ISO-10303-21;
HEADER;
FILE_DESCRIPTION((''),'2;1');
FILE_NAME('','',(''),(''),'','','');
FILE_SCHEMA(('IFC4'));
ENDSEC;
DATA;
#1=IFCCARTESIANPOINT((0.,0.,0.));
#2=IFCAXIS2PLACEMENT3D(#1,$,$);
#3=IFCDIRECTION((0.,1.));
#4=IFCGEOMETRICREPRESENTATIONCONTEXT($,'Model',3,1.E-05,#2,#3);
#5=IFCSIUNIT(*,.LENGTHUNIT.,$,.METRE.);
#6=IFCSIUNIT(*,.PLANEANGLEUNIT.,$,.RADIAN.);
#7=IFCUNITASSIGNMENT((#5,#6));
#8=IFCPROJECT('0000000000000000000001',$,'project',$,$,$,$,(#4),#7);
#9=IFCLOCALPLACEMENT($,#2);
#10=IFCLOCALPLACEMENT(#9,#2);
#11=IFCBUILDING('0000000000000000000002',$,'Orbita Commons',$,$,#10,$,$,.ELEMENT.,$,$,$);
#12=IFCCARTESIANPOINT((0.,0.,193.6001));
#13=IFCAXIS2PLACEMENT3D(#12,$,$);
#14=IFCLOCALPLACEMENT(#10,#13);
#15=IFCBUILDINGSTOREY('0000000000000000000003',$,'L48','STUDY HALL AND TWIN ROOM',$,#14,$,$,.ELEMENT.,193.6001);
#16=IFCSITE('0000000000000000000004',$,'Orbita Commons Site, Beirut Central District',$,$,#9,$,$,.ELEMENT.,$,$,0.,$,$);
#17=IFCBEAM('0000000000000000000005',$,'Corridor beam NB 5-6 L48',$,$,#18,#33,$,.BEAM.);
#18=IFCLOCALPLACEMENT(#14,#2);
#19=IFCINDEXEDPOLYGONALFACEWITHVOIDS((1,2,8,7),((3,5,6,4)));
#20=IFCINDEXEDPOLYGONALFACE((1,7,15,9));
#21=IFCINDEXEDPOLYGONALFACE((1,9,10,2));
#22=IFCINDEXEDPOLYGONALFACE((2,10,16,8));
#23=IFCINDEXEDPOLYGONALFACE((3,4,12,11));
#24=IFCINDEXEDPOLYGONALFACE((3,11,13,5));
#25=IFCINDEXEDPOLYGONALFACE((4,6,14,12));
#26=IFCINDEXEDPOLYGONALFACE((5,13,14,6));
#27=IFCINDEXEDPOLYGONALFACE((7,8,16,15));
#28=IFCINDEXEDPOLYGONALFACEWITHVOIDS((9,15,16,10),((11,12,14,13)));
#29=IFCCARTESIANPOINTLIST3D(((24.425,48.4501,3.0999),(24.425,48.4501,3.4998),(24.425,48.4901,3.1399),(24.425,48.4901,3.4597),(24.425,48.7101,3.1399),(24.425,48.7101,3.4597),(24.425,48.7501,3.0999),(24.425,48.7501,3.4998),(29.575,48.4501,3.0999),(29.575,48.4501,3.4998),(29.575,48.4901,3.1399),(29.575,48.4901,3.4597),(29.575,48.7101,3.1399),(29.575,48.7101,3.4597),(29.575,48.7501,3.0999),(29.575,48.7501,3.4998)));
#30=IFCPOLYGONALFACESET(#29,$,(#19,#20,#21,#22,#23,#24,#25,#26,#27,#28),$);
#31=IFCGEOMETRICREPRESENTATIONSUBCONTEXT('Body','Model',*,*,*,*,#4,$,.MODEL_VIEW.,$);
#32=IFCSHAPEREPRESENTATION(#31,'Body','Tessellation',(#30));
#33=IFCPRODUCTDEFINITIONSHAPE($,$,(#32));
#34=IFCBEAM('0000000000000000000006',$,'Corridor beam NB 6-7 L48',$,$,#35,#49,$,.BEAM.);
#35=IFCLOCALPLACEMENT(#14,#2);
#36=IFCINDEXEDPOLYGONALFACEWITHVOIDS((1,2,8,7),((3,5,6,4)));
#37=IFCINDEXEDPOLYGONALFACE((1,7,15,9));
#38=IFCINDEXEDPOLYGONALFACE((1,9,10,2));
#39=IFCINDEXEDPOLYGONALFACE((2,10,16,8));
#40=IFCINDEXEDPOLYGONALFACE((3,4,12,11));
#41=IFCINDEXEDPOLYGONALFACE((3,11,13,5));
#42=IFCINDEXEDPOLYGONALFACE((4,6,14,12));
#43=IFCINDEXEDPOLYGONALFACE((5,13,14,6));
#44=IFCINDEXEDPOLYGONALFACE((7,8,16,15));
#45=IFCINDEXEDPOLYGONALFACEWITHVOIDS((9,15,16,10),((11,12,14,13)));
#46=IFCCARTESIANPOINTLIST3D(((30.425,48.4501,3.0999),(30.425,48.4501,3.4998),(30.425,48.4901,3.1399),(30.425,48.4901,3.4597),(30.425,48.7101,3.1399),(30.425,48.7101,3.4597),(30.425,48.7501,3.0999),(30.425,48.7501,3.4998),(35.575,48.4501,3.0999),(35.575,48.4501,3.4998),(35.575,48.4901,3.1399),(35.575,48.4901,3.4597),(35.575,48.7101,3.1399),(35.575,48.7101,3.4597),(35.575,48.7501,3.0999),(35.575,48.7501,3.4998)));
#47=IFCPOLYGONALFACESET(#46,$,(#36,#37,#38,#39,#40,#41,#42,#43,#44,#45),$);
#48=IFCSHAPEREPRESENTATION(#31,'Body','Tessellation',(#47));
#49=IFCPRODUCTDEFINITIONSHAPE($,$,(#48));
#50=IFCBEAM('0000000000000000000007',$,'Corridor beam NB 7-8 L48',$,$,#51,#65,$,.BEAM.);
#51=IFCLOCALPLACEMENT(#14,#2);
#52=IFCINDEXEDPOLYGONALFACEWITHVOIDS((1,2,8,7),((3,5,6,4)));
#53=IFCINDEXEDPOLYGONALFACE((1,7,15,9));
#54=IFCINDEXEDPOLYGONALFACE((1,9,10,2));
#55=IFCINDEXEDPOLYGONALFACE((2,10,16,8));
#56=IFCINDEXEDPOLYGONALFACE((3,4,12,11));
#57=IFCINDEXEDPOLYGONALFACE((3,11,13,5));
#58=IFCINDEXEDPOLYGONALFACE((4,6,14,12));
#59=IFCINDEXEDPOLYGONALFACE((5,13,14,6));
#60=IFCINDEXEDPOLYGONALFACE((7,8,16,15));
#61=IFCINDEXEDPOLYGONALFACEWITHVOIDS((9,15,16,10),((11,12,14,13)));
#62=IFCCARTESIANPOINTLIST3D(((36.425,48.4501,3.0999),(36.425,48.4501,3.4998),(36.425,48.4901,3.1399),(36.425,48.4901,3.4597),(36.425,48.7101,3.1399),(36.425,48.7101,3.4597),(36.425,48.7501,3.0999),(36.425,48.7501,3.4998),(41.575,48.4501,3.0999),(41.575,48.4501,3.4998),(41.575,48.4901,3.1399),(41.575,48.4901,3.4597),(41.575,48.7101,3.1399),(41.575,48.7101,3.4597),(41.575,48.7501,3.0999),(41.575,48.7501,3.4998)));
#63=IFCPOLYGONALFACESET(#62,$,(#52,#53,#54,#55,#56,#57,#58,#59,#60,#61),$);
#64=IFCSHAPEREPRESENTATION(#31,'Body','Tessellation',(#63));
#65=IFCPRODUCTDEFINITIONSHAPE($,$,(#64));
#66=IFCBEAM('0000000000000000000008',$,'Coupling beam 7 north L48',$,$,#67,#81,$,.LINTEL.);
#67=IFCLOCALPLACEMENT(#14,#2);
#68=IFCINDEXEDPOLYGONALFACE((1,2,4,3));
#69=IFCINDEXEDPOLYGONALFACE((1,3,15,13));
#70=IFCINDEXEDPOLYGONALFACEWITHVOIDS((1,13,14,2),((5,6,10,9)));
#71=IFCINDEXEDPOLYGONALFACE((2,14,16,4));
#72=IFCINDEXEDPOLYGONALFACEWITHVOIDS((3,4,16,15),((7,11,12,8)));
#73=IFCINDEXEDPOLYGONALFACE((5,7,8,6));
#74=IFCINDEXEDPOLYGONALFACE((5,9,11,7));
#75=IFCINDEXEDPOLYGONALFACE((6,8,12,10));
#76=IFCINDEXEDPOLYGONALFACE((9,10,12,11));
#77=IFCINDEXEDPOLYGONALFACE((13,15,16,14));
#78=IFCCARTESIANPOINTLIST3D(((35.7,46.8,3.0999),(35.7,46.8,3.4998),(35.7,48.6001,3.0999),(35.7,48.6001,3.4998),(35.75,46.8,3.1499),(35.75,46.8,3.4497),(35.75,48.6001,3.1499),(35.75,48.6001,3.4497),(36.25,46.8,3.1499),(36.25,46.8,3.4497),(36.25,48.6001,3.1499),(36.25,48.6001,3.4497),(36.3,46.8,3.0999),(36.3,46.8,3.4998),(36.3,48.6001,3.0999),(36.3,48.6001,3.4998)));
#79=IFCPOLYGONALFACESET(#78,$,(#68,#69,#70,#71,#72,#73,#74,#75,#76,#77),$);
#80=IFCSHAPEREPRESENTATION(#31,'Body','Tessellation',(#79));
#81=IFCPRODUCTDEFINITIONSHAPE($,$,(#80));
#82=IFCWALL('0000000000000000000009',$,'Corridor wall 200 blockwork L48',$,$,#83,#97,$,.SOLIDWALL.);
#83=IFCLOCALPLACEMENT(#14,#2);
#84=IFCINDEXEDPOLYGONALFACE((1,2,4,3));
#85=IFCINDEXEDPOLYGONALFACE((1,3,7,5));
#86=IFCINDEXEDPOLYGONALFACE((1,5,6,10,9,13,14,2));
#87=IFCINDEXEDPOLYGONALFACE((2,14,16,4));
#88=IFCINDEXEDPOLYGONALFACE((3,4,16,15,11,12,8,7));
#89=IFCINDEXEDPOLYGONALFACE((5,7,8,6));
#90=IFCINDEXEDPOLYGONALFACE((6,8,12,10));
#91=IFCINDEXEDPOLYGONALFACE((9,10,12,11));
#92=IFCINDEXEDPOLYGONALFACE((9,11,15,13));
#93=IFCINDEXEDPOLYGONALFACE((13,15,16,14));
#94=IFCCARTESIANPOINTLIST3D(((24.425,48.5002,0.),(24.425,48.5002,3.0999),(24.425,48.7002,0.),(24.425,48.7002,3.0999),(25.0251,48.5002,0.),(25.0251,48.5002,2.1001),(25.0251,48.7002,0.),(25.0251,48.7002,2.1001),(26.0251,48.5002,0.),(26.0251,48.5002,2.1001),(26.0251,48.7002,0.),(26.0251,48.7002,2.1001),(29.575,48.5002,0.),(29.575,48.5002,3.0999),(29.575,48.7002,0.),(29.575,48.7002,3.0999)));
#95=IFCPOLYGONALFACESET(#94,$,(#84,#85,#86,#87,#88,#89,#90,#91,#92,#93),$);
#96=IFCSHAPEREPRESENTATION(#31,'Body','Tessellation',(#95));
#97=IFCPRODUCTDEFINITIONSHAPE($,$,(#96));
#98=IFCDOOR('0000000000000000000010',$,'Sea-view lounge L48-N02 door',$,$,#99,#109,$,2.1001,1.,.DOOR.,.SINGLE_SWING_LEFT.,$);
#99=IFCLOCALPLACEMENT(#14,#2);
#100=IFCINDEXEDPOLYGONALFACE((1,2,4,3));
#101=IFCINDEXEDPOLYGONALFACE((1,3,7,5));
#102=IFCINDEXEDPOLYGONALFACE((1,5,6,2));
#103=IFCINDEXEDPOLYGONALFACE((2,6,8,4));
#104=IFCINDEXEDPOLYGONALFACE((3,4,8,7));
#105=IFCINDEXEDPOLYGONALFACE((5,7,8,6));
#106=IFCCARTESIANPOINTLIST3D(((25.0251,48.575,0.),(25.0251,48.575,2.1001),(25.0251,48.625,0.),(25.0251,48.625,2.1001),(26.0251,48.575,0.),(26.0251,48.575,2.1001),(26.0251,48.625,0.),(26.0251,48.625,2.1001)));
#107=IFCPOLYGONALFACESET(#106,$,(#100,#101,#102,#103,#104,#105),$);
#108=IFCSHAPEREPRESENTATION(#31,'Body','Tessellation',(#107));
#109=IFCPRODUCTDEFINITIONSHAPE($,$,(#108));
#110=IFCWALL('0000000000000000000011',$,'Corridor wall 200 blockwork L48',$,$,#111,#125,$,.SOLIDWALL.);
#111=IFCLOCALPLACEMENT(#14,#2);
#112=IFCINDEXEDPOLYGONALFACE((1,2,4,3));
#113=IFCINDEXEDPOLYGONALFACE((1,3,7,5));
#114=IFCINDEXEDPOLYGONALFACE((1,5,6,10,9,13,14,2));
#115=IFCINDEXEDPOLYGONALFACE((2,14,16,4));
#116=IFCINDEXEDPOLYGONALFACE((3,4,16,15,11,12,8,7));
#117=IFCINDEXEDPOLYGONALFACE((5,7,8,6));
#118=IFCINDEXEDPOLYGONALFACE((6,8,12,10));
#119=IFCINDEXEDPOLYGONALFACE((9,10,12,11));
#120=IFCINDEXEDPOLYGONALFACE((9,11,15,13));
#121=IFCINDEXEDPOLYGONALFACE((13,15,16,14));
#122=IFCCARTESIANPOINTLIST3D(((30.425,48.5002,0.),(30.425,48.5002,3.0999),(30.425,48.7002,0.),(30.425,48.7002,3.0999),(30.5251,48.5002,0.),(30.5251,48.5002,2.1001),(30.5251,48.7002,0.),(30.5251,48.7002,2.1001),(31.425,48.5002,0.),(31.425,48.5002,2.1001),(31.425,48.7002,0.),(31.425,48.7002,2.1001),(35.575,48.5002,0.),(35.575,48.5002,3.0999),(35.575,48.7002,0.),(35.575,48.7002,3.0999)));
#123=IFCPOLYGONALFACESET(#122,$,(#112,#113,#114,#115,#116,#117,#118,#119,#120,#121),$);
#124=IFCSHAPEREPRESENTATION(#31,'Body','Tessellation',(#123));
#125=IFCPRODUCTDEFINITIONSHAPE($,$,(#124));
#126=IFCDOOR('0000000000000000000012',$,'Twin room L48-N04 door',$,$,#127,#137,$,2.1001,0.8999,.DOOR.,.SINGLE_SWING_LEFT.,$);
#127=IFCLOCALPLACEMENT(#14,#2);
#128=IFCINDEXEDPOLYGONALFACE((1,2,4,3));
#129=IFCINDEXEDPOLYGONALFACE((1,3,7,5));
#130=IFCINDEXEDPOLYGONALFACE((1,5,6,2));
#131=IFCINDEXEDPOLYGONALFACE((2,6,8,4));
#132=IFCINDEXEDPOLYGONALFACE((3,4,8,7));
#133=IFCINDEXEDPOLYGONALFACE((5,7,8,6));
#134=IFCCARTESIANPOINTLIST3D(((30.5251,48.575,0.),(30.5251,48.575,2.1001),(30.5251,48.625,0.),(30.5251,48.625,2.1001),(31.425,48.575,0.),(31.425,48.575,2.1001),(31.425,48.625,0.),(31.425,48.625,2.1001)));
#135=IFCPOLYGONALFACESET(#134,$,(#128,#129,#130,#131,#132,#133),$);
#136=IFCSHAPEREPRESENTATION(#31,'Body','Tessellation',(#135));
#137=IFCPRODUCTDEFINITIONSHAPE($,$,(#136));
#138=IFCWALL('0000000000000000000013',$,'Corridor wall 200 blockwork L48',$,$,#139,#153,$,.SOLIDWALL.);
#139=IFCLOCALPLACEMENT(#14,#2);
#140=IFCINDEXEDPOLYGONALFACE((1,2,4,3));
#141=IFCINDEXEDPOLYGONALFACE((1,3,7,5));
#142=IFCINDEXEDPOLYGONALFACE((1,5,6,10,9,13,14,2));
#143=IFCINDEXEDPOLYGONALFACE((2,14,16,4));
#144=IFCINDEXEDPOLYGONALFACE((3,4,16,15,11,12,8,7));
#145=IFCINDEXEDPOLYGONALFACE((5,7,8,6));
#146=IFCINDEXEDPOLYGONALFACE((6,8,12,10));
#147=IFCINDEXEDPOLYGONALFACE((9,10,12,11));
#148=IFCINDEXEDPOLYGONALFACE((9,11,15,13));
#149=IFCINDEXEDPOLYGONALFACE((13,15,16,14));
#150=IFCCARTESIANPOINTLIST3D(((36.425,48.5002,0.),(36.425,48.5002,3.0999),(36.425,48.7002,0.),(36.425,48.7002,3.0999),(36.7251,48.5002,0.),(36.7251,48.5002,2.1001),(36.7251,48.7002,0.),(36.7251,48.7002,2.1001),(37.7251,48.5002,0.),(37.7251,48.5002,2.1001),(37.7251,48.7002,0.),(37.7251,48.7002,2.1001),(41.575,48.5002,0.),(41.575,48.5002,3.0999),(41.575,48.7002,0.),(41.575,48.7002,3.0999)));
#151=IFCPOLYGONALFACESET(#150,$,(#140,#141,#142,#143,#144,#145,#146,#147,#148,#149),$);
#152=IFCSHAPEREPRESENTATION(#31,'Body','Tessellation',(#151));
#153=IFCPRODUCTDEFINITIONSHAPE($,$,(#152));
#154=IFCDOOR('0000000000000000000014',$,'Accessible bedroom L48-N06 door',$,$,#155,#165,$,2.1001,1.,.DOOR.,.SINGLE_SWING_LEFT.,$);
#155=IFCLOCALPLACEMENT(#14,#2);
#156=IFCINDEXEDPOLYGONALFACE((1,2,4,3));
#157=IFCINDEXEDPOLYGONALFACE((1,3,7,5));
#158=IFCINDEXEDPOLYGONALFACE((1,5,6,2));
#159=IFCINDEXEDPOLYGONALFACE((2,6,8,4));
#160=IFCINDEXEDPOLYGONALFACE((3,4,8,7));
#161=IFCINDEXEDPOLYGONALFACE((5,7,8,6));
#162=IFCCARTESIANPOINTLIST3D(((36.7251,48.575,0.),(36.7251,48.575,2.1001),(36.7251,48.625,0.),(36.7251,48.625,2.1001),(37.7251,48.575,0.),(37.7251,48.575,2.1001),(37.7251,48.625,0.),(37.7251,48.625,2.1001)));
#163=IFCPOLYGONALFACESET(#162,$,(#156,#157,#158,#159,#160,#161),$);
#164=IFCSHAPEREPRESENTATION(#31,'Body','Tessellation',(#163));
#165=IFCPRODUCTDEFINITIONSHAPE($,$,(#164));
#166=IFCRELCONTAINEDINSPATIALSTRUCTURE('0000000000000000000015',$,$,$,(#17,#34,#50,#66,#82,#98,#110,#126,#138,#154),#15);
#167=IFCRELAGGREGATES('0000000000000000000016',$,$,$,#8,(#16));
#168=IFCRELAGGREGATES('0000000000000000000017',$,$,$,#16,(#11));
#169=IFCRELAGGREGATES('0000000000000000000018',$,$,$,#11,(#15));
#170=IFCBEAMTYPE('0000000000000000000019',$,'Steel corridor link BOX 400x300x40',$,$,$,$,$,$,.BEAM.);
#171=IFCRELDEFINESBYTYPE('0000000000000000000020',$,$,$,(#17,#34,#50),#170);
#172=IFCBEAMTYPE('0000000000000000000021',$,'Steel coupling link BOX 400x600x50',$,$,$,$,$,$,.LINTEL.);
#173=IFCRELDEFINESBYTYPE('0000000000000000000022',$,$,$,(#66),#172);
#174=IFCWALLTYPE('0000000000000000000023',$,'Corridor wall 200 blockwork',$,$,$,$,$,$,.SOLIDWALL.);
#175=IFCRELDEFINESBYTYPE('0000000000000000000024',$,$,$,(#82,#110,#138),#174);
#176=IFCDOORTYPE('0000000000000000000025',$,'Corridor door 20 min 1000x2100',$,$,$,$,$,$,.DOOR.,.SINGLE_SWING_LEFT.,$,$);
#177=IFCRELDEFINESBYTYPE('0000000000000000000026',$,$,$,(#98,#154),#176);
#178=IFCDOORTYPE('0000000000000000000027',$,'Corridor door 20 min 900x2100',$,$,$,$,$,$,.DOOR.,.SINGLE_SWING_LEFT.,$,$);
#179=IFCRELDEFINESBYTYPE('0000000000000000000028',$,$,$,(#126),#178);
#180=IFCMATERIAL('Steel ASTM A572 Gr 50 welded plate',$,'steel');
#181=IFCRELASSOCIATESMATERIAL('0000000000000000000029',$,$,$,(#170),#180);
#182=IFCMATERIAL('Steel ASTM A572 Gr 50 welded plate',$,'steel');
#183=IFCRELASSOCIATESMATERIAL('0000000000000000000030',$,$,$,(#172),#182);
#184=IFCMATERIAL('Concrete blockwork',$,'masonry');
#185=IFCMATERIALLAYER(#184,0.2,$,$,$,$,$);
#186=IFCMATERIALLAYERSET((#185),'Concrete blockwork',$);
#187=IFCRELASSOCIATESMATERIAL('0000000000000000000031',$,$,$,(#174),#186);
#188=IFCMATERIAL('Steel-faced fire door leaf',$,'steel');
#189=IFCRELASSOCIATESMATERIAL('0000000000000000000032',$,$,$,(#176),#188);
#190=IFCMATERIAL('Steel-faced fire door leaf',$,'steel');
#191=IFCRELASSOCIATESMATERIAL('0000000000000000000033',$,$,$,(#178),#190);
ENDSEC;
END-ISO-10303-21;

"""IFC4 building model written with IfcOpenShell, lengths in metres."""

from ifc_helpers import new_model, si_unit, direction, frame, frame_2d, origin, origin_2d, place, context, subcontext, project, spatial, polyline, rectangle, hollow_rectangle, outline, extrude, material, layer, layer_set, material_profile, profile_set, type_object, element, fill, save


model = new_model("IFC4")

# Units and contexts
model_context = context("Model", 3, precision=1e-05, world=origin(), true_north=direction((0.0, 1.0)))
body_context = subcontext(model_context, "Body", "Model", "MODEL_VIEW")
ifc_project = project(units=[si_unit("LENGTHUNIT", "METRE"), si_unit("PLANEANGLEUNIT", "RADIAN")], contexts=[model_context])

# Site, building, storey
site_placement = place(None, origin())
site = spatial("IfcSite", under=ifc_project, at=site_placement, Name="Orbita Commons Site, Beirut Central District", CompositionType="ELEMENT", RefElevation=0.0)
building_placement = place(site_placement, origin())
building = spatial("IfcBuilding", under=site, at=building_placement, Name="Orbita Commons", CompositionType="ELEMENT")
storey_placement = place(building_placement, frame((0.0, 0.0, 193.6001)))
storey = spatial("IfcBuildingStorey", under=building, at=storey_placement, Name="L48", Description="STUDY HALL AND TWIN ROOM", CompositionType="ELEMENT", Elevation=193.6001)

# Beams
ifc_material_1 = material(Name="Steel ASTM A572 Gr 50 welded plate", Category="steel")
ifc_material_profile_1 = material_profile(ifc_material_1, hollow_rectangle(XDim=0.3, YDim=0.3999, WallThickness=0.04, at=origin_2d()), Name="BOX 400x300x40")
ifc_profile_set_1 = profile_set([ifc_material_profile_1], Name="Steel ASTM A572 Gr 50 welded plate")
beam_type_1 = type_object("IfcBeamType", Name="Steel corridor link BOX 400x300x40", PredefinedType="BEAM", material=ifc_profile_set_1)
for number, where, z_axis, x_axis, name in (
    (1, (24.425, 48.6001, 3.2998), (1.0, 0.0, 0.0), (0.0, 1.0, 0.0), "Corridor beam NB 5-6 L48"),
    (2, (30.425, 48.6001, 3.2998), (1.0, 0.0, 0.0), (0.0, 1.0, 0.0), "Corridor beam NB 6-7 L48"),
    (3, (36.425, 48.6001, 3.2998), (1.0, 0.0, 0.0), (0.0, 1.0, 0.0), "Corridor beam NB 7-8 L48"),
):
    element("IfcBeam", number, at=place(storey_placement, frame(where, z_axis=z_axis, x_axis=x_axis)), inside=storey, type_object=beam_type_1, Name=name, PredefinedType="BEAM", context=body_context, shape_type="SweptSolid", body=[
        extrude(hollow_rectangle(XDim=0.3, YDim=0.3999, WallThickness=0.04, at=origin_2d()), origin(), (0.0, 0.0, 1.0), 5.1499),
    ])
ifc_material_2 = material(Name="Steel ASTM A572 Gr 50 welded plate", Category="steel")
ifc_material_profile_2 = material_profile(ifc_material_2, hollow_rectangle(XDim=0.6001, YDim=0.3999, WallThickness=0.05, at=origin_2d()), Name="BOX 400x600x50")
ifc_profile_set_2 = profile_set([ifc_material_profile_2], Name="Steel ASTM A572 Gr 50 welded plate")
beam_type_2 = type_object("IfcBeamType", Name="Steel coupling link BOX 400x600x50", PredefinedType="LINTEL", material=ifc_profile_set_2)
beam_placement = place(storey_placement, frame((36.0, 46.8, 3.2998), z_axis=(0.0, 1.0, 0.0), x_axis=(-1.0, 0.0, 0.0)))
element("IfcBeam", 4, at=beam_placement, inside=storey, type_object=beam_type_2, Name="Coupling beam 7 north L48", PredefinedType="LINTEL", context=body_context, shape_type="SweptSolid", body=[
    extrude(hollow_rectangle(XDim=0.6001, YDim=0.3999, WallThickness=0.05, at=origin_2d()), origin(), (0.0, 0.0, 1.0), 1.8),
])

# Walls, openings, doors
ifc_material_3 = material(Name="Concrete blockwork", Category="masonry")
ifc_layer_1 = layer(ifc_material_3, 0.2)
ifc_layer_set_1 = layer_set([ifc_layer_1], Name="Concrete blockwork")
wall_type_1 = type_object("IfcWallType", Name="Corridor wall 200 blockwork", PredefinedType="SOLIDWALL", material=ifc_layer_set_1)
wall_1_placement = place(storey_placement, frame((24.425, 48.6001, 0.0), z_axis=(0.0, 0.0, 1.0), x_axis=(1.0, 0.0, 0.0)))
wall_1 = element("IfcWall", 5, at=wall_1_placement, inside=storey, type_object=wall_type_1, Name="Corridor wall 200 blockwork L48", PredefinedType="SOLIDWALL", context=body_context, shape_type="SweptSolid", body=[
    extrude(outline(polyline([(0.0, 0.0), (5.1499, 0.0), (5.1499, 3.0999), (0.0, 3.0999), (0.0, 0.0)])), frame((0.0, 0.1001, 0.0), z_axis=(0.0, -1.0, 0.0), x_axis=(1.0, 0.0, 0.0)), (0.0, 0.0, 1.0), 0.2),
])
opening_1_placement = place(wall_1_placement, frame((0.6001, 0.0, 0.0)))
opening_1 = element("IfcOpeningElement", 6, at=opening_1_placement, cuts=wall_1, PredefinedType="OPENING", context=body_context, shape_type="SweptSolid", body=[
    extrude(rectangle(XDim=1.0, YDim=2.1001, at=frame_2d((0.5, 1.05))), frame((0.0, 0.1099, 0.0), z_axis=(0.0, -1.0, 0.0), x_axis=(1.0, 0.0, 0.0)), (0.0, 0.0, 1.0), 0.22),
])
ifc_material_4 = material(Name="Steel-faced fire door leaf", Category="steel")
door_type_1 = type_object("IfcDoorType", Name="Corridor door 20 min 1000x2100", OperationType="SINGLE_SWING_LEFT", PredefinedType="DOOR", material=ifc_material_4)
door_1_placement = place(opening_1_placement, origin())
door_1 = element("IfcDoor", 7, at=door_1_placement, inside=storey, type_object=door_type_1, Name="Sea-view lounge L48-N02 door", OperationType="SINGLE_SWING_LEFT", OverallHeight=2.1001, OverallWidth=1.0, PredefinedType="DOOR", context=body_context, shape_type="SweptSolid", body=[
    extrude(rectangle(XDim=1.0, YDim=2.1001, at=frame_2d((0.5, 1.05))), frame((0.0, 0.0249, 0.0), z_axis=(0.0, -1.0, 0.0), x_axis=(1.0, 0.0, 0.0)), (0.0, 0.0, 1.0), 0.05),
])
fill(opening_1, door_1)
wall_2_placement = place(storey_placement, frame((30.425, 48.6001, 0.0), z_axis=(0.0, 0.0, 1.0), x_axis=(1.0, 0.0, 0.0)))
wall_2 = element("IfcWall", 8, at=wall_2_placement, inside=storey, type_object=wall_type_1, Name="Corridor wall 200 blockwork L48", PredefinedType="SOLIDWALL", context=body_context, shape_type="SweptSolid", body=[
    extrude(outline(polyline([(0.0, 0.0), (5.1499, 0.0), (5.1499, 3.0999), (0.0, 3.0999), (0.0, 0.0)])), frame((0.0, 0.1001, 0.0), z_axis=(0.0, -1.0, 0.0), x_axis=(1.0, 0.0, 0.0)), (0.0, 0.0, 1.0), 0.2),
])
opening_2_placement = place(wall_2_placement, frame((0.1001, 0.0, 0.0)))
opening_2 = element("IfcOpeningElement", 9, at=opening_2_placement, cuts=wall_2, PredefinedType="OPENING", context=body_context, shape_type="SweptSolid", body=[
    extrude(rectangle(XDim=0.8999, YDim=2.1001, at=frame_2d((0.45, 1.05))), frame((0.0, 0.1099, 0.0), z_axis=(0.0, -1.0, 0.0), x_axis=(1.0, 0.0, 0.0)), (0.0, 0.0, 1.0), 0.22),
])
ifc_material_5 = material(Name="Steel-faced fire door leaf", Category="steel")
door_type_2 = type_object("IfcDoorType", Name="Corridor door 20 min 900x2100", OperationType="SINGLE_SWING_LEFT", PredefinedType="DOOR", material=ifc_material_5)
door_2_placement = place(opening_2_placement, origin())
door_2 = element("IfcDoor", 10, at=door_2_placement, inside=storey, type_object=door_type_2, Name="Twin room L48-N04 door", OperationType="SINGLE_SWING_LEFT", OverallHeight=2.1001, OverallWidth=0.8999, PredefinedType="DOOR", context=body_context, shape_type="SweptSolid", body=[
    extrude(rectangle(XDim=0.8999, YDim=2.1001, at=frame_2d((0.45, 1.05))), frame((0.0, 0.0249, 0.0), z_axis=(0.0, -1.0, 0.0), x_axis=(1.0, 0.0, 0.0)), (0.0, 0.0, 1.0), 0.05),
])
fill(opening_2, door_2)
wall_3_placement = place(storey_placement, frame((36.425, 48.6001, 0.0), z_axis=(0.0, 0.0, 1.0), x_axis=(1.0, 0.0, 0.0)))
wall_3 = element("IfcWall", 11, at=wall_3_placement, inside=storey, type_object=wall_type_1, Name="Corridor wall 200 blockwork L48", PredefinedType="SOLIDWALL", context=body_context, shape_type="SweptSolid", body=[
    extrude(outline(polyline([(0.0, 0.0), (5.1499, 0.0), (5.1499, 3.0999), (0.0, 3.0999), (0.0, 0.0)])), frame((0.0, 0.1001, 0.0), z_axis=(0.0, -1.0, 0.0), x_axis=(1.0, 0.0, 0.0)), (0.0, 0.0, 1.0), 0.2),
])
opening_3_placement = place(wall_3_placement, frame((0.3, 0.0, 0.0)))
opening_3 = element("IfcOpeningElement", 12, at=opening_3_placement, cuts=wall_3, PredefinedType="OPENING", context=body_context, shape_type="SweptSolid", body=[
    extrude(rectangle(XDim=1.0, YDim=2.1001, at=frame_2d((0.5, 1.05))), frame((0.0, 0.1099, 0.0), z_axis=(0.0, -1.0, 0.0), x_axis=(1.0, 0.0, 0.0)), (0.0, 0.0, 1.0), 0.22),
])
door_3_placement = place(opening_3_placement, origin())
door_3 = element("IfcDoor", 13, at=door_3_placement, inside=storey, type_object=door_type_1, Name="Accessible bedroom L48-N06 door", OperationType="SINGLE_SWING_LEFT", OverallHeight=2.1001, OverallWidth=1.0, PredefinedType="DOOR", context=body_context, shape_type="SweptSolid", body=[
    extrude(rectangle(XDim=1.0, YDim=2.1001, at=frame_2d((0.5, 1.05))), frame((0.0, 0.0249, 0.0), z_axis=(0.0, -1.0, 0.0), x_axis=(1.0, 0.0, 0.0)), (0.0, 0.0, 1.0), 0.05),
])
fill(opening_3, door_3)

save(model, "model.ifc")
